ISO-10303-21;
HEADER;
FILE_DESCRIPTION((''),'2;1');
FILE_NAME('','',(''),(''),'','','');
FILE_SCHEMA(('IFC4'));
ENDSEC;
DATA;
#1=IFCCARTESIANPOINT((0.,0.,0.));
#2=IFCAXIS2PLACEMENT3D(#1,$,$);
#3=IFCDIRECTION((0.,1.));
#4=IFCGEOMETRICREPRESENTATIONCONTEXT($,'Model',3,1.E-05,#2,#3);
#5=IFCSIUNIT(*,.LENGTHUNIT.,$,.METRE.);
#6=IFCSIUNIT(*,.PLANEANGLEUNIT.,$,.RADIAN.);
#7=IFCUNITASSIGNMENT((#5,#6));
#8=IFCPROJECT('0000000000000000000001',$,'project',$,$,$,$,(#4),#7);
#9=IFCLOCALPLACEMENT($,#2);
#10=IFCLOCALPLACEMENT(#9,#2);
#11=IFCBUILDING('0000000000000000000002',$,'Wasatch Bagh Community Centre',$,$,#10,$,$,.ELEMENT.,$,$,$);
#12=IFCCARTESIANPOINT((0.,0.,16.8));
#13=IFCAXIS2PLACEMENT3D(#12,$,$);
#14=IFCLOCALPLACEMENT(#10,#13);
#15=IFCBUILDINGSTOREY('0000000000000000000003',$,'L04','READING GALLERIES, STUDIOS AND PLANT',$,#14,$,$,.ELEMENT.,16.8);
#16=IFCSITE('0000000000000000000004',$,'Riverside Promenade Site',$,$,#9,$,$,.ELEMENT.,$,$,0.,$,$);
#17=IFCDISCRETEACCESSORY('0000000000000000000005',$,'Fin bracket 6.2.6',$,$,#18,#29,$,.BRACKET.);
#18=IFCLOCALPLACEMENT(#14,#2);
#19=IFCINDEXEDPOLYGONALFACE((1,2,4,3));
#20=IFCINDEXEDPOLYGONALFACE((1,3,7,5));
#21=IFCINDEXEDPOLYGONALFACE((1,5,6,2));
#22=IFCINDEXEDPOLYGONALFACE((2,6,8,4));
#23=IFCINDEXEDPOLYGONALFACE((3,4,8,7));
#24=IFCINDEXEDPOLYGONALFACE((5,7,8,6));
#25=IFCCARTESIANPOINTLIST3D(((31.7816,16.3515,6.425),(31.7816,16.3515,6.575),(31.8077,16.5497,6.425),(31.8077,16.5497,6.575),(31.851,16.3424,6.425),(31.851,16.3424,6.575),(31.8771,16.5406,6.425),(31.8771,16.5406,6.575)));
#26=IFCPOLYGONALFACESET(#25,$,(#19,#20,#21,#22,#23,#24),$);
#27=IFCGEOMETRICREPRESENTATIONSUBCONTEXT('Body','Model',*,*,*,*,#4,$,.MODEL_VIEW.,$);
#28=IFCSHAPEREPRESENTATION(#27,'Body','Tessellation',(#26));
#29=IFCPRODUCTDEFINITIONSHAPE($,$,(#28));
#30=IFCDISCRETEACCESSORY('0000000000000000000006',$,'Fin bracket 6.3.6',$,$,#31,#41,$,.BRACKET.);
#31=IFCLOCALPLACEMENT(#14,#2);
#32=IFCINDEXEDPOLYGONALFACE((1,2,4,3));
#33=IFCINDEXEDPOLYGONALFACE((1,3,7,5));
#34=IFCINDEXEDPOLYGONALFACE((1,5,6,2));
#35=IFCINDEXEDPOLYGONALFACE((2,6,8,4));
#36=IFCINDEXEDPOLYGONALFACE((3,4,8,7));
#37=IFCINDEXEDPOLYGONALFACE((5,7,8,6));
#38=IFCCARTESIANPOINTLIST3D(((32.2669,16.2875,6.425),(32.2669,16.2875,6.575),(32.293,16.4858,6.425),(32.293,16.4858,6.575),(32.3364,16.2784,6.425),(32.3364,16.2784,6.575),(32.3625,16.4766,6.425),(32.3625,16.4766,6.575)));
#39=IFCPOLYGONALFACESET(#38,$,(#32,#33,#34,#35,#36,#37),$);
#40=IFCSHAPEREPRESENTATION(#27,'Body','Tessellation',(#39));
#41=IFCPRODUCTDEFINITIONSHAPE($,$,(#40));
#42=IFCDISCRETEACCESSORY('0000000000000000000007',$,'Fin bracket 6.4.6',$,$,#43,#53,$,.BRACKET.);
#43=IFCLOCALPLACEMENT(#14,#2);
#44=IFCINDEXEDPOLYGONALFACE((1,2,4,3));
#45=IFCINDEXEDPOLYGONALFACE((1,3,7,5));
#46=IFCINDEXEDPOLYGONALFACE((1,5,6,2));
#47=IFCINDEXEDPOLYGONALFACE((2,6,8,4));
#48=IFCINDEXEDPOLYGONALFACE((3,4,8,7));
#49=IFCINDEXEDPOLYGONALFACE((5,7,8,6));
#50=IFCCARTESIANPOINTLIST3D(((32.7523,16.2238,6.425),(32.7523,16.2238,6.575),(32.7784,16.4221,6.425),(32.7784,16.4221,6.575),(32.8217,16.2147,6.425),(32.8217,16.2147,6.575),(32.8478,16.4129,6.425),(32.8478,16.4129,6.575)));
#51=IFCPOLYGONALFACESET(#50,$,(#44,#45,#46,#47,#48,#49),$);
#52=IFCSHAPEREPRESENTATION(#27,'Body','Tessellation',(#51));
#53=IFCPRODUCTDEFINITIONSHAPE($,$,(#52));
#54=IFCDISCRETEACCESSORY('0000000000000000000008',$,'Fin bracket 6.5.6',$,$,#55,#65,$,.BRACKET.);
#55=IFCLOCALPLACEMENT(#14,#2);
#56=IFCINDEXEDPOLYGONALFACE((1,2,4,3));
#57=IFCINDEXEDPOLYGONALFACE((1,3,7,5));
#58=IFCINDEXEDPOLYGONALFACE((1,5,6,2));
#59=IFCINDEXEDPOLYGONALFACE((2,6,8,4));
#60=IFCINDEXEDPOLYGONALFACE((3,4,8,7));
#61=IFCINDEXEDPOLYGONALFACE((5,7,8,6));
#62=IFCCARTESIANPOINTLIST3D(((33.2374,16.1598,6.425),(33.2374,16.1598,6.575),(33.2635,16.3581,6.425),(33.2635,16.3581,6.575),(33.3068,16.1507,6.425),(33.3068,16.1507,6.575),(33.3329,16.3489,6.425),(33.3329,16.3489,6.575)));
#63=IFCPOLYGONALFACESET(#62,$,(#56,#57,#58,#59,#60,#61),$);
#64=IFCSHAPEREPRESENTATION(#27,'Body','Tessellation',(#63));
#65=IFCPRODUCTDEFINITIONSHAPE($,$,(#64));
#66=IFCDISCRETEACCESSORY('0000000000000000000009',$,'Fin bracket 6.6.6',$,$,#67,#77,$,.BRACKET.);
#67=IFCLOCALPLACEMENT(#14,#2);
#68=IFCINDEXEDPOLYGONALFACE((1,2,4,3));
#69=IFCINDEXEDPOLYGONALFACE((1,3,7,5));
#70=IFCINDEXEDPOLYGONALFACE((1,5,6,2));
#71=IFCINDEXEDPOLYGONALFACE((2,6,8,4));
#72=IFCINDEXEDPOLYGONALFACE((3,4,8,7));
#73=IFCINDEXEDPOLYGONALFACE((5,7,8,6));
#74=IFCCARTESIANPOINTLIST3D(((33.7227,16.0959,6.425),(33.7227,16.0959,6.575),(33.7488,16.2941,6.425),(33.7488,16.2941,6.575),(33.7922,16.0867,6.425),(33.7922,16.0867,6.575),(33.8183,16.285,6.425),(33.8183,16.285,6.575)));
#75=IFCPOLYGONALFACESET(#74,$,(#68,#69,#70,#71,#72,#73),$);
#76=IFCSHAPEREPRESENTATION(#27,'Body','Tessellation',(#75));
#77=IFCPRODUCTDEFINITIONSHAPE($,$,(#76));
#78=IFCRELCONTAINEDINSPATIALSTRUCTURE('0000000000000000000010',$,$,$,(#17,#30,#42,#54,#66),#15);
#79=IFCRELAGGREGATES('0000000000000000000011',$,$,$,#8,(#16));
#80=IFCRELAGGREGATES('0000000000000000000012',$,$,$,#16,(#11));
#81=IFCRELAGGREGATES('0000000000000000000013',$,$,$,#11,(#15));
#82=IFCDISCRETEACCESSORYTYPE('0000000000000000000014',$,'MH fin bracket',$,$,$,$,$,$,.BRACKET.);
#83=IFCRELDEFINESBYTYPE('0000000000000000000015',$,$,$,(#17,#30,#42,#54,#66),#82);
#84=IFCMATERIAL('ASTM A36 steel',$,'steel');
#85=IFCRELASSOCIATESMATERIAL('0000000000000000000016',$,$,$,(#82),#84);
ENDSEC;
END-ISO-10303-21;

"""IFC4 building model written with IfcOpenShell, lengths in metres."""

from ifc_helpers import new_model, si_unit, direction, frame, origin, origin_2d, place, context, subcontext, project, spatial, rectangle, extrude, material, type_object, element, save


model = new_model("IFC4")

# Units and contexts
model_context = context("Model", 3, precision=1e-05, world=origin(), true_north=direction((0.0, 1.0)))
body_context = subcontext(model_context, "Body", "Model", "MODEL_VIEW")
ifc_project = project(units=[si_unit("LENGTHUNIT", "METRE"), si_unit("PLANEANGLEUNIT", "RADIAN")], contexts=[model_context])

# Site, building, storey
site_placement = place(None, origin())
site = spatial("IfcSite", under=ifc_project, at=site_placement, Name="Riverside Promenade Site", CompositionType="ELEMENT", RefElevation=0.0)
building_placement = place(site_placement, origin())
building = spatial("IfcBuilding", under=site, at=building_placement, Name="Wasatch Bagh Community Centre", CompositionType="ELEMENT")
storey_placement = place(building_placement, frame((0.0, 0.0, 16.8)))
storey = spatial("IfcBuildingStorey", under=building, at=storey_placement, Name="L04", Description="READING GALLERIES, STUDIOS AND PLANT", CompositionType="ELEMENT", Elevation=16.8)

# Discrete accessories
ifc_material_1 = material(Name="ASTM A36 steel", Category="steel")
discrete_accessory_type = type_object("IfcDiscreteAccessoryType", Name="MH fin bracket", PredefinedType="BRACKET", material=ifc_material_1)
for number, where, z_axis, x_axis, name in (
    (1, (31.8293, 16.446, 6.425), (0.0, 0.0, 1.0), (0.991445, -0.130526, 0.0), "Fin bracket 6.2.6"),
    (2, (32.3147, 16.3821, 6.425), (0.0, 0.0, 1.0), (0.991445, -0.130526, 0.0), "Fin bracket 6.3.6"),
    (3, (32.8, 16.3184, 6.425), (0.0, 0.0, 1.0), (0.991445, -0.130526, 0.0), "Fin bracket 6.4.6"),
    (4, (33.2852, 16.2544, 6.425), (0.0, 0.0, 1.0), (0.991445, -0.130526, 0.0), "Fin bracket 6.5.6"),
    (5, (33.7705, 16.1904, 6.425), (0.0, 0.0, 1.0), (0.991445, -0.130526, 0.0), "Fin bracket 6.6.6"),
):
    element("IfcDiscreteAccessory", number, at=place(storey_placement, frame(where, z_axis=z_axis, x_axis=x_axis)), inside=storey, type_object=discrete_accessory_type, Name=name, PredefinedType="BRACKET", context=body_context, shape_type="SweptSolid", body=[
        extrude(rectangle(XDim=0.0701, YDim=0.2, at=origin_2d()), origin(), (0.0, 0.0, 1.0), 0.1499),
    ])

save(model, "model.ifc")
